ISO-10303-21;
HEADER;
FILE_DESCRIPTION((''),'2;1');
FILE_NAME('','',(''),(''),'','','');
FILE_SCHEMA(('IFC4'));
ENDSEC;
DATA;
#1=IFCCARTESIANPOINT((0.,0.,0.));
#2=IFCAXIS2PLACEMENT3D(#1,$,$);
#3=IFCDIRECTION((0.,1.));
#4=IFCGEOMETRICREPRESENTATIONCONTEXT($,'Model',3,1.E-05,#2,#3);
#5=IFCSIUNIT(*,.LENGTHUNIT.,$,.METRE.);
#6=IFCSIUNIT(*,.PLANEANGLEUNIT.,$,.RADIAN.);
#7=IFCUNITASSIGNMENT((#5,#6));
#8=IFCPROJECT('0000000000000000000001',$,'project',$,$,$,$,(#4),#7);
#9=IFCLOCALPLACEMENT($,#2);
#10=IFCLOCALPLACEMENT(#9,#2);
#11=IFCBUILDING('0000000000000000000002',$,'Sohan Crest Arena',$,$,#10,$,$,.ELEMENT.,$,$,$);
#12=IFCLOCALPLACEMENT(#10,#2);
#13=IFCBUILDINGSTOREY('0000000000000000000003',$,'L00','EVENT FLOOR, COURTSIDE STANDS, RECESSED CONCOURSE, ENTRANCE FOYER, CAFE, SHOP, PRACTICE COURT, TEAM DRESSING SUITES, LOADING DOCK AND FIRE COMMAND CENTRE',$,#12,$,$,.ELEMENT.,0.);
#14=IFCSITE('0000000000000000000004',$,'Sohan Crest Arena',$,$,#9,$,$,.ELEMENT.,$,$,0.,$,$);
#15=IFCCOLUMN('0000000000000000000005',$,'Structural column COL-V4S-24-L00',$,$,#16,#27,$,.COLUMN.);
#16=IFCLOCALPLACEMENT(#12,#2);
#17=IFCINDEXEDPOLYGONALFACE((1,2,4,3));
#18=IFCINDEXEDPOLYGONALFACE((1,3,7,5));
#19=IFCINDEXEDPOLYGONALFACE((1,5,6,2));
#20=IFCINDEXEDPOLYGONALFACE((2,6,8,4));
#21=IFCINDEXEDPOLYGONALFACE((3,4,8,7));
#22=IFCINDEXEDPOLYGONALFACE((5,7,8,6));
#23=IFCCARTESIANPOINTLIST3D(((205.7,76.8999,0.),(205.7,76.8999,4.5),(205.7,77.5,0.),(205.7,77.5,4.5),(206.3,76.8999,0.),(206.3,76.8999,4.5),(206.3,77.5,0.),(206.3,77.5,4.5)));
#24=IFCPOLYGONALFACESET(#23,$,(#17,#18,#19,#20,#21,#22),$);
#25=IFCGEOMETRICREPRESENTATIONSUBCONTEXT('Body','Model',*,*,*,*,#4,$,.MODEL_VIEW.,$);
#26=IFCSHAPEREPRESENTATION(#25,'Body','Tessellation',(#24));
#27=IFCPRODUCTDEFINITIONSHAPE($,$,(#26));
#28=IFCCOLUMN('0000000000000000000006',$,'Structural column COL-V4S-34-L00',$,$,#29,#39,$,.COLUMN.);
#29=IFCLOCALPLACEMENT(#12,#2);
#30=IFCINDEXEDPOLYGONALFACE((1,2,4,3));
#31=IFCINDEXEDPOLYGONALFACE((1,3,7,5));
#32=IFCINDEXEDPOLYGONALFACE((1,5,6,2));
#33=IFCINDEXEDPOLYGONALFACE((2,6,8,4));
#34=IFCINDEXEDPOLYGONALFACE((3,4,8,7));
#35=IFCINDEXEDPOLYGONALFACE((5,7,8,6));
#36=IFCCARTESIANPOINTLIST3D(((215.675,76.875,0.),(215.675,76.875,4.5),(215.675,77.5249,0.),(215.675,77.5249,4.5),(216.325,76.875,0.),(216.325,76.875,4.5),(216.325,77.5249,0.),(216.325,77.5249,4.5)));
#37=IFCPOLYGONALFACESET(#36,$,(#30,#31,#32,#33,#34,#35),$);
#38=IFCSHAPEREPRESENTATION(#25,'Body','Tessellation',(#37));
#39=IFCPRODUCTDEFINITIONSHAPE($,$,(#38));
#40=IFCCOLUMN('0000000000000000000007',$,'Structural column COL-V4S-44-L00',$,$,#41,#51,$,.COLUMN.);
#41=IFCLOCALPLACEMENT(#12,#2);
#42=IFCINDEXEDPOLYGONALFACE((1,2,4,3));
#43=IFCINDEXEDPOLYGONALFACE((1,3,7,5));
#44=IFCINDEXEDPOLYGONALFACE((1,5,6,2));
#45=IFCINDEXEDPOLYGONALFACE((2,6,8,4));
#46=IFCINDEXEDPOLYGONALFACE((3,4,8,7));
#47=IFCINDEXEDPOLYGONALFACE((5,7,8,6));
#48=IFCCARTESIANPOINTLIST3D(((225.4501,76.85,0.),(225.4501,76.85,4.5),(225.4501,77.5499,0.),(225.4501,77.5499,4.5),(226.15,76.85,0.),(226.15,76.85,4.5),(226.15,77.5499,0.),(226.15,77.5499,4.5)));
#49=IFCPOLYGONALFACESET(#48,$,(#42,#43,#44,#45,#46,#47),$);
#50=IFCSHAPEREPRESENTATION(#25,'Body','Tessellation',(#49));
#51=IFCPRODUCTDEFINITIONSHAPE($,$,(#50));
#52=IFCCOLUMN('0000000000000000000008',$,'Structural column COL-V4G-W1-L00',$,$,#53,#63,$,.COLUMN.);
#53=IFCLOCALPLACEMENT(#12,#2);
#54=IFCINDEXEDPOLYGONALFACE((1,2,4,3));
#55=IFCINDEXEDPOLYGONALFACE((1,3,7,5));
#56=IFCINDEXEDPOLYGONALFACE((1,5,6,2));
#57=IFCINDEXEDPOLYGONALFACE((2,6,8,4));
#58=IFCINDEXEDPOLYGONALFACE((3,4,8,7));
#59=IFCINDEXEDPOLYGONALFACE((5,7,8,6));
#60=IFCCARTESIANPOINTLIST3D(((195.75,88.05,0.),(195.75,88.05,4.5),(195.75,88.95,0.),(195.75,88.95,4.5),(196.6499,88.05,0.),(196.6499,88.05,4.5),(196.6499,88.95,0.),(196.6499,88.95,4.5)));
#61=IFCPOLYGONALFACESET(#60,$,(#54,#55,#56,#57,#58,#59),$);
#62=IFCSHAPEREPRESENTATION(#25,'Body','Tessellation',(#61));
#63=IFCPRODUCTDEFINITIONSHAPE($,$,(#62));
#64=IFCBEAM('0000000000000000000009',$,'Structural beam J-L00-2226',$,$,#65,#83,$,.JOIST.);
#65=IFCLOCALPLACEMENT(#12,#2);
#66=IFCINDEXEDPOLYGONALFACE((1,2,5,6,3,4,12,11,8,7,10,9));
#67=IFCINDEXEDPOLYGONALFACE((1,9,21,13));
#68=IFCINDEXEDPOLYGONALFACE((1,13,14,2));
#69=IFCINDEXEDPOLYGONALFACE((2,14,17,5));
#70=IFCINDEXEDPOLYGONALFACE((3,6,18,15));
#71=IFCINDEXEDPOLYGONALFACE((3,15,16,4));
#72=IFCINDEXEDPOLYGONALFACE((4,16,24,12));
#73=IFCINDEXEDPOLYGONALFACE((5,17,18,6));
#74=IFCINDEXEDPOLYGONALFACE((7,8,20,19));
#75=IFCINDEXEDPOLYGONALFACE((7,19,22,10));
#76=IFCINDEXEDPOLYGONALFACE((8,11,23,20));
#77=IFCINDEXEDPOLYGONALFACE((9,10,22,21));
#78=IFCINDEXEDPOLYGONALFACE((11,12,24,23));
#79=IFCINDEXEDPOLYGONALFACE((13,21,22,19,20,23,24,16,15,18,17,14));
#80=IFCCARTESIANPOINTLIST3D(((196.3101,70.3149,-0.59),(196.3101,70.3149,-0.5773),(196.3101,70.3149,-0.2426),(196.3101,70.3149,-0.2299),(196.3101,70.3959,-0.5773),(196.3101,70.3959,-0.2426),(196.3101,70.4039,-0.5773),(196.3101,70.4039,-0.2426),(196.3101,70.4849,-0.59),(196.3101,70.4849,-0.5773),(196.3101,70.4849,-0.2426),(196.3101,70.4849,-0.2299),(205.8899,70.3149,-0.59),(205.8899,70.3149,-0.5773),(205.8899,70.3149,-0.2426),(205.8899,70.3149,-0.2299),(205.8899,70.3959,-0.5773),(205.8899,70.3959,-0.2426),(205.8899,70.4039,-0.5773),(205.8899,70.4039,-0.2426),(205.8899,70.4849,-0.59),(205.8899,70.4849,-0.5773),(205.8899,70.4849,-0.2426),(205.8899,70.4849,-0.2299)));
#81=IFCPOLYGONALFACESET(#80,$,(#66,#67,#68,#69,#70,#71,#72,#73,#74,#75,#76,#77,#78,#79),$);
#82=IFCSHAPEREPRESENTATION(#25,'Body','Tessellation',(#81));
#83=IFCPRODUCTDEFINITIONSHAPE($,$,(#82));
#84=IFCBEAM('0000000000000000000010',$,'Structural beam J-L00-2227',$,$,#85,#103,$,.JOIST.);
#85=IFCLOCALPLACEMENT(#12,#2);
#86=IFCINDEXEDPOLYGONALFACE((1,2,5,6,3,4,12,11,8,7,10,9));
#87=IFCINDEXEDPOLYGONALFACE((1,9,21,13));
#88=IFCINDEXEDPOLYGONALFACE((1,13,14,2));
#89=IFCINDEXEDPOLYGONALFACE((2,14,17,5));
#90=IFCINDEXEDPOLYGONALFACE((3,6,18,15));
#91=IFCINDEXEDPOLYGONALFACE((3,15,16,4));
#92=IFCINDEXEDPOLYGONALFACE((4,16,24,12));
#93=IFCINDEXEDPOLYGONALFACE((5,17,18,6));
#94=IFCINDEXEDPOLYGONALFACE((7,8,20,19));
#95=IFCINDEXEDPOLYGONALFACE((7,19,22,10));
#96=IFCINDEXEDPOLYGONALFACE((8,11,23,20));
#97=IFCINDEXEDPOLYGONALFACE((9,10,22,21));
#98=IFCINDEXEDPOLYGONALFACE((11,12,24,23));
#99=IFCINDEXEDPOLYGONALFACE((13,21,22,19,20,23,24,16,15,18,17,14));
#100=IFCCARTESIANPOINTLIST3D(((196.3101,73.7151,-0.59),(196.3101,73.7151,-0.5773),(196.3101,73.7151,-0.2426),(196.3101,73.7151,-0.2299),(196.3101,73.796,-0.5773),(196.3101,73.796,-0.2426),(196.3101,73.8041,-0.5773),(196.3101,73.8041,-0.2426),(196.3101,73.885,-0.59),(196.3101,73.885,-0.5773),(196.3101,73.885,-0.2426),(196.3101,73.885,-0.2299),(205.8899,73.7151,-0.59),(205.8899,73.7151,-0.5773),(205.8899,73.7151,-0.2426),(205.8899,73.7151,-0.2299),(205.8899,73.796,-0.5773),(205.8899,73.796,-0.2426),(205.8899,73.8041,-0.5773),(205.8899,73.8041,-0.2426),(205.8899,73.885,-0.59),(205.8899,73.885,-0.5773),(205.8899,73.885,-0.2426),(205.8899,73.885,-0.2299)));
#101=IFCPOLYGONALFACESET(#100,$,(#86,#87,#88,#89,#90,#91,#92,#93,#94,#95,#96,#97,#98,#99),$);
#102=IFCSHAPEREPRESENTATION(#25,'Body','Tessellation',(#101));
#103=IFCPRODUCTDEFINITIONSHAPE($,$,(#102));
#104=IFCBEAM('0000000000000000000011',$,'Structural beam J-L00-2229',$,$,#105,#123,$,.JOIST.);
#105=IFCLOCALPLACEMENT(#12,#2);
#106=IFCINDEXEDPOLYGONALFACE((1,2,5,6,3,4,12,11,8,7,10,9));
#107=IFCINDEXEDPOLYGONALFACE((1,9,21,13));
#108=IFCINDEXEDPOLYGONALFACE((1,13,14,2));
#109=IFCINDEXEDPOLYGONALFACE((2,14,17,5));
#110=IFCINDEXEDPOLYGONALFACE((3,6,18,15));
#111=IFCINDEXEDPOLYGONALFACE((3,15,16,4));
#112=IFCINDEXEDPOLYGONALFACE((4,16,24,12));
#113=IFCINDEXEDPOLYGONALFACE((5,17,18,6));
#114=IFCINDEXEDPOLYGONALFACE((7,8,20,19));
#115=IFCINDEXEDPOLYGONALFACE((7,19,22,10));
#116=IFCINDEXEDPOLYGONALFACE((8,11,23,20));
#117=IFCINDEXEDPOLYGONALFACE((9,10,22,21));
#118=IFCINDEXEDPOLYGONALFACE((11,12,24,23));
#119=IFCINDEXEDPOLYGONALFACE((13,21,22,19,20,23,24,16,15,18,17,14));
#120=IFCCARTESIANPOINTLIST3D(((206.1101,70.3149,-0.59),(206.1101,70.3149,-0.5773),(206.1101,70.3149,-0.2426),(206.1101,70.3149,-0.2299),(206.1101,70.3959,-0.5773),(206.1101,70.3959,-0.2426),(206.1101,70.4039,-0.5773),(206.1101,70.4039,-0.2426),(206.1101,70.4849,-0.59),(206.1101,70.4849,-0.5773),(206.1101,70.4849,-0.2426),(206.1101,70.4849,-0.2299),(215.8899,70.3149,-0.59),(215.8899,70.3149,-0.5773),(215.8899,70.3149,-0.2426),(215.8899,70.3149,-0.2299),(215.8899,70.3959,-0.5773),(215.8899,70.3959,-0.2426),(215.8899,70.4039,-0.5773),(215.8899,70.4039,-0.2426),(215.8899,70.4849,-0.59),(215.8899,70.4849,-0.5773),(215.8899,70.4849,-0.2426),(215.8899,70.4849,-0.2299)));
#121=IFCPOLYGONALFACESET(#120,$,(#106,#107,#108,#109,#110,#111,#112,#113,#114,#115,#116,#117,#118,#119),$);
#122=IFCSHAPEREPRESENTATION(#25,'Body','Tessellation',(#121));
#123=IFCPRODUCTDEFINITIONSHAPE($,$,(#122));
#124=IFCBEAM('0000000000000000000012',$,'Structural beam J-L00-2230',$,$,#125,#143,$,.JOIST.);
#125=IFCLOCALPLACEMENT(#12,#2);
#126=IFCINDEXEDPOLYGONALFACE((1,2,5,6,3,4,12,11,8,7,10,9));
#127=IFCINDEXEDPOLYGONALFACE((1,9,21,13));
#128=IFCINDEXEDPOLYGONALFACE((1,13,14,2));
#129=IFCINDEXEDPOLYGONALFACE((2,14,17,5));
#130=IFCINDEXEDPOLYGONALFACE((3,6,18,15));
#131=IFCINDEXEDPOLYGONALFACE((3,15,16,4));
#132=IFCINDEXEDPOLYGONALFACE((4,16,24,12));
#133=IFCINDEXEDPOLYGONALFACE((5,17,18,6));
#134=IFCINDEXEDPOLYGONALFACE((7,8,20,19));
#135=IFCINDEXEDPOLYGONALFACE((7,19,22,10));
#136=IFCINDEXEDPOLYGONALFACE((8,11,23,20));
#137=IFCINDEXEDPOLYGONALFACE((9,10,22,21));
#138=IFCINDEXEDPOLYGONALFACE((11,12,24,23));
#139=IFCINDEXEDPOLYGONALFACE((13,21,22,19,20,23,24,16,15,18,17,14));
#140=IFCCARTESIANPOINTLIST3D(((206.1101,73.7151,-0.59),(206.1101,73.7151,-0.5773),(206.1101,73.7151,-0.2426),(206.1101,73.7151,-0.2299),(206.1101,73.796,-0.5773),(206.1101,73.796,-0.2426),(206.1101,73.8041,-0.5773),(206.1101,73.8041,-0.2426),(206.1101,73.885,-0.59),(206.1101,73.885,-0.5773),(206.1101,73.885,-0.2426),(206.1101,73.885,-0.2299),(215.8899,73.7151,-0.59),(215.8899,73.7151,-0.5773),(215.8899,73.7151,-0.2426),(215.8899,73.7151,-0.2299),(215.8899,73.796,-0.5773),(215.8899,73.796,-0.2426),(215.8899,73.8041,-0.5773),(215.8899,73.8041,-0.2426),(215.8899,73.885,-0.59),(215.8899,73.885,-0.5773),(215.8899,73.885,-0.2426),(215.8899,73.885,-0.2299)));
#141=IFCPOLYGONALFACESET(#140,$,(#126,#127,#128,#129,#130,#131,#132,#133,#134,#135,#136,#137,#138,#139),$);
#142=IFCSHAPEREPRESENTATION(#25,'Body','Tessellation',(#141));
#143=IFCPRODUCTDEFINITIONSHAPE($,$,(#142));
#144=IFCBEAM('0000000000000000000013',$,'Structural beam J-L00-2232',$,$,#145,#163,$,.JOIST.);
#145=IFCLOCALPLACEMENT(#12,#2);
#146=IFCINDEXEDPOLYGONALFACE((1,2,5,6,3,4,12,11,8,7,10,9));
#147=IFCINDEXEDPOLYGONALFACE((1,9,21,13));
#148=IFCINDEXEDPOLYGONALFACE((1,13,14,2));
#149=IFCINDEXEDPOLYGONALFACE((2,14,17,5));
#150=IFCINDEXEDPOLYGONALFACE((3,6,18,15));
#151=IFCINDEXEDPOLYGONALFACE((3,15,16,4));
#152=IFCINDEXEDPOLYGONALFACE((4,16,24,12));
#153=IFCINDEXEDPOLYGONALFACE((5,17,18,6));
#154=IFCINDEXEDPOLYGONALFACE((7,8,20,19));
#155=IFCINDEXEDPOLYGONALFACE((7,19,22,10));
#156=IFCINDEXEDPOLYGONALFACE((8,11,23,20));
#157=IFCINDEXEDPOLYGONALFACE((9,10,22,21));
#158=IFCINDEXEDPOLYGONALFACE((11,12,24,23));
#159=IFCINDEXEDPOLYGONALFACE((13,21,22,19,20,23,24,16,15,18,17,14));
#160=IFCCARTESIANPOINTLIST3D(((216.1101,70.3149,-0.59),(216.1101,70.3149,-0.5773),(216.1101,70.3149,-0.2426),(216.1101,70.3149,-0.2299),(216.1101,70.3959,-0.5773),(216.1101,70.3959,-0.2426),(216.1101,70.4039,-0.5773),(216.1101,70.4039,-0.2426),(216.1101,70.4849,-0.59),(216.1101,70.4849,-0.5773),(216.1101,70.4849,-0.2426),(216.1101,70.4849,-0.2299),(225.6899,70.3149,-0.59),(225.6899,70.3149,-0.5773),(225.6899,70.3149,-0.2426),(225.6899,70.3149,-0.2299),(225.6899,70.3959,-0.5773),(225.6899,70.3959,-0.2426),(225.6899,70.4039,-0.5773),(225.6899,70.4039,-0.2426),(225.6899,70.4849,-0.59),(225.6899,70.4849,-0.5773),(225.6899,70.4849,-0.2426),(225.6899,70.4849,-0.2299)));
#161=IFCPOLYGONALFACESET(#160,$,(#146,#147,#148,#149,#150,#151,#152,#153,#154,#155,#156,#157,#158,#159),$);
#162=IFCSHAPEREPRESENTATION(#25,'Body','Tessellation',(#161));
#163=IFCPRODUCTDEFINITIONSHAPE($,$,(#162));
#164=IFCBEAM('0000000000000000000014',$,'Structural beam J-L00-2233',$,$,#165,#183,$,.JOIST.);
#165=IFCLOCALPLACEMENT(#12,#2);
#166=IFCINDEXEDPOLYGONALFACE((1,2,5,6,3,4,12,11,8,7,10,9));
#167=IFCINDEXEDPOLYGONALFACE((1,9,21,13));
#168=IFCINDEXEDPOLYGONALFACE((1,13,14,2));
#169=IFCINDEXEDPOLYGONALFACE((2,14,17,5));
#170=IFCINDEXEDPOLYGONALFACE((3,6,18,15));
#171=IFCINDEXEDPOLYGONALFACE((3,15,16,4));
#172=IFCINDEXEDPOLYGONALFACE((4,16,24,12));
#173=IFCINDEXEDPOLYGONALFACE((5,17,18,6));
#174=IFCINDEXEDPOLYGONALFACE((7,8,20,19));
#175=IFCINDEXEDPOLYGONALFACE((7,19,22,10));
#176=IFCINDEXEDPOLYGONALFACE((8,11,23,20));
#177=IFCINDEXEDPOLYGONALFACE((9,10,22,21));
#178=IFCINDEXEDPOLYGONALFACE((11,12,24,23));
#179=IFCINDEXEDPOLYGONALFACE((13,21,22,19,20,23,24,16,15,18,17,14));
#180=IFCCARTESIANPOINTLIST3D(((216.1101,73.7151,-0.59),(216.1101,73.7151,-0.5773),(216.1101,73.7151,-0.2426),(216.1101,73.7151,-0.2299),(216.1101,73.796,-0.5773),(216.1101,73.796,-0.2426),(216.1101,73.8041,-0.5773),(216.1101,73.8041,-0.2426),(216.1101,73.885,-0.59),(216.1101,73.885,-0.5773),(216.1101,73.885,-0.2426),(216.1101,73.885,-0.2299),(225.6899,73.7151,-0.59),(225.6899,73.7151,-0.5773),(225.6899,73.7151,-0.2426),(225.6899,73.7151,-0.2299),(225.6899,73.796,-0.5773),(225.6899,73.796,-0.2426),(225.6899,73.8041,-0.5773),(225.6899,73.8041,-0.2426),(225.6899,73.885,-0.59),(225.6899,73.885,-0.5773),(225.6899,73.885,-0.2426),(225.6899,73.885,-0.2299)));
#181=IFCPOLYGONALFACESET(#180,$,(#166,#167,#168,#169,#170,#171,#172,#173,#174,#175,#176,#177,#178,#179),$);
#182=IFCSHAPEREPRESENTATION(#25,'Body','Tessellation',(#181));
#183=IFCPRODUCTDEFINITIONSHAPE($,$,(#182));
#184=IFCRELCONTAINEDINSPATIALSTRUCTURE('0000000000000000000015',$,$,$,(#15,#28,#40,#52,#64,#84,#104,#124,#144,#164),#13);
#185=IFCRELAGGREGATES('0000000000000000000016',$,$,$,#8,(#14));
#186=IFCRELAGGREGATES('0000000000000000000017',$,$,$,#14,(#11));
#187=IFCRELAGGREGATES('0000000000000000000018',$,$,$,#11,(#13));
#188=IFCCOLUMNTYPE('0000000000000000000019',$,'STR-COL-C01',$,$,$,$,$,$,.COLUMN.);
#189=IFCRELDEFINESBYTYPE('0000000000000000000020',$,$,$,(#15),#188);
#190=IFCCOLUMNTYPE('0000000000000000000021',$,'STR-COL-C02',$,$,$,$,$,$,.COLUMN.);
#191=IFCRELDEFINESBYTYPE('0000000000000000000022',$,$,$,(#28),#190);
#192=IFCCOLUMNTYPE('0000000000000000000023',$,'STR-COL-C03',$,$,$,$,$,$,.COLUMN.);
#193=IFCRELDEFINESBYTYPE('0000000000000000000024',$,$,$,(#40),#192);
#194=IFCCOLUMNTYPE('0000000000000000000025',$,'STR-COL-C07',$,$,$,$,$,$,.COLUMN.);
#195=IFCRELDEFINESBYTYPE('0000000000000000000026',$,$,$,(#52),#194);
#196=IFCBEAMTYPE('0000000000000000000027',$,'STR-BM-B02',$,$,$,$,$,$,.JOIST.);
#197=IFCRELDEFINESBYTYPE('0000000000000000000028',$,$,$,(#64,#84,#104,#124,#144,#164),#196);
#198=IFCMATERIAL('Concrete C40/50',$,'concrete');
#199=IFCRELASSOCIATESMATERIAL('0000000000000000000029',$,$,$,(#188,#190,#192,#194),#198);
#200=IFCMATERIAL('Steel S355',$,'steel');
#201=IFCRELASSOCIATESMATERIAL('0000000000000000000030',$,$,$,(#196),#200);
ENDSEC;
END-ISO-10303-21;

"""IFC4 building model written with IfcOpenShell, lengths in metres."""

from ifc_helpers import new_model, si_unit, direction, frame, origin, origin_2d, place, context, subcontext, project, spatial, rectangle, i_section, extrude, material, material_profile, profile_set, type_object, element, save


model = new_model("IFC4")

# Units and contexts
model_context = context("Model", 3, precision=1e-05, world=origin(), true_north=direction((0.0, 1.0)))
body_context = subcontext(model_context, "Body", "Model", "MODEL_VIEW")
ifc_project = project(units=[si_unit("LENGTHUNIT", "METRE"), si_unit("PLANEANGLEUNIT", "RADIAN")], contexts=[model_context])

# Site, building, storey
site_placement = place(None, origin())
site = spatial("IfcSite", under=ifc_project, at=site_placement, Name="Sohan Crest Arena", CompositionType="ELEMENT", RefElevation=0.0)
building_placement = place(site_placement, origin())
building = spatial("IfcBuilding", under=site, at=building_placement, Name="Sohan Crest Arena", CompositionType="ELEMENT")
storey_placement = place(building_placement, origin())
storey = spatial("IfcBuildingStorey", under=building, at=storey_placement, Name="L00", Description="EVENT FLOOR, COURTSIDE STANDS, RECESSED CONCOURSE, ENTRANCE FOYER, CAFE, SHOP, PRACTICE COURT, TEAM DRESSING SUITES, LOADING DOCK AND FIRE COMMAND CENTRE", CompositionType="ELEMENT", Elevation=0.0)

# Columns
ifc_material_1 = material(Name="Concrete C40/50", Category="concrete")
ifc_material_profile_1 = material_profile(ifc_material_1, rectangle(XDim=0.6001, YDim=0.6001, at=origin_2d()), Name="RC 600x600")
ifc_profile_set_1 = profile_set([ifc_material_profile_1], Name="Concrete C40/50")
column_type_1 = type_object("IfcColumnType", Name="STR-COL-C01", PredefinedType="COLUMN", material=ifc_profile_set_1)
column_1_placement = place(storey_placement, frame((206.0, 77.2, 0.0), z_axis=(0.0, 0.0, 1.0), x_axis=(1.0, 0.0, 0.0)))
element("IfcColumn", 1, at=column_1_placement, inside=storey, type_object=column_type_1, Name="Structural column COL-V4S-24-L00", PredefinedType="COLUMN", context=body_context, shape_type="SweptSolid", body=[
    extrude(rectangle(XDim=0.6001, YDim=0.6001, at=origin_2d()), origin(), (0.0, 0.0, 1.0), 4.5),
])
ifc_material_profile_2 = material_profile(ifc_material_1, rectangle(XDim=0.6499, YDim=0.6499, at=origin_2d()), Name="RC 650x650")
ifc_profile_set_2 = profile_set([ifc_material_profile_2], Name="Concrete C40/50")
column_type_2 = type_object("IfcColumnType", Name="STR-COL-C02", PredefinedType="COLUMN", material=ifc_profile_set_2)
column_2_placement = place(storey_placement, frame((216.0, 77.2, 0.0), z_axis=(0.0, 0.0, 1.0), x_axis=(1.0, 0.0, 0.0)))
element("IfcColumn", 2, at=column_2_placement, inside=storey, type_object=column_type_2, Name="Structural column COL-V4S-34-L00", PredefinedType="COLUMN", context=body_context, shape_type="SweptSolid", body=[
    extrude(rectangle(XDim=0.6499, YDim=0.6499, at=origin_2d()), origin(), (0.0, 0.0, 1.0), 4.5),
])
ifc_material_profile_3 = material_profile(ifc_material_1, rectangle(XDim=0.7, YDim=0.7, at=origin_2d()), Name="RC 700x700")
ifc_profile_set_3 = profile_set([ifc_material_profile_3], Name="Concrete C40/50")
column_type_3 = type_object("IfcColumnType", Name="STR-COL-C03", PredefinedType="COLUMN", material=ifc_profile_set_3)
column_3_placement = place(storey_placement, frame((225.8, 77.2, 0.0), z_axis=(0.0, 0.0, 1.0), x_axis=(1.0, 0.0, 0.0)))
element("IfcColumn", 3, at=column_3_placement, inside=storey, type_object=column_type_3, Name="Structural column COL-V4S-44-L00", PredefinedType="COLUMN", context=body_context, shape_type="SweptSolid", body=[
    extrude(rectangle(XDim=0.7, YDim=0.7, at=origin_2d()), origin(), (0.0, 0.0, 1.0), 4.5),
])
ifc_material_profile_4 = material_profile(ifc_material_1, rectangle(XDim=0.8999, YDim=0.8999, at=origin_2d()), Name="RC 900x900")
ifc_profile_set_4 = profile_set([ifc_material_profile_4], Name="Concrete C40/50")
column_type_4 = type_object("IfcColumnType", Name="STR-COL-C07", PredefinedType="COLUMN", material=ifc_profile_set_4)
column_4_placement = place(storey_placement, frame((196.2, 88.5, 0.0), z_axis=(0.0, 0.0, 1.0), x_axis=(1.0, 0.0, 0.0)))
element("IfcColumn", 4, at=column_4_placement, inside=storey, type_object=column_type_4, Name="Structural column COL-V4G-W1-L00", PredefinedType="COLUMN", context=body_context, shape_type="SweptSolid", body=[
    extrude(rectangle(XDim=0.8999, YDim=0.8999, at=origin_2d()), origin(), (0.0, 0.0, 1.0), 4.5),
])

# Beams
ifc_material_2 = material(Name="Steel S355", Category="steel")
ifc_material_profile_5 = material_profile(ifc_material_2, i_section(OverallWidth=0.1699, OverallDepth=0.3601, WebThickness=0.0081, FlangeThickness=0.0127, at=origin_2d()), Name="IPE 360")
ifc_profile_set_5 = profile_set([ifc_material_profile_5], Name="Steel S355")
beam_type_1 = type_object("IfcBeamType", Name="STR-BM-B02", PredefinedType="JOIST", material=ifc_profile_set_5)
for number, where, z_axis, x_axis, name in (
    (5, (196.3101, 70.3999, -0.4099), (1.0, 0.0, 0.0), (0.0, 1.0, 0.0), "Structural beam J-L00-2226"),
    (6, (196.3101, 73.8, -0.4099), (1.0, 0.0, 0.0), (0.0, 1.0, 0.0), "Structural beam J-L00-2227"),
):
    element("IfcBeam", number, at=place(storey_placement, frame(where, z_axis=z_axis, x_axis=x_axis)), inside=storey, type_object=beam_type_1, Name=name, PredefinedType="JOIST", context=body_context, shape_type="SweptSolid", body=[
        extrude(i_section(OverallWidth=0.1699, OverallDepth=0.3601, WebThickness=0.0081, FlangeThickness=0.0127, at=origin_2d()), origin(), (0.0, 0.0, 1.0), 9.5798),
    ])
for number, where, z_axis, x_axis, name in (
    (7, (206.1101, 70.3999, -0.4099), (1.0, 0.0, 0.0), (0.0, 1.0, 0.0), "Structural beam J-L00-2229"),
    (8, (206.1101, 73.8, -0.4099), (1.0, 0.0, 0.0), (0.0, 1.0, 0.0), "Structural beam J-L00-2230"),
):
    element("IfcBeam", number, at=place(storey_placement, frame(where, z_axis=z_axis, x_axis=x_axis)), inside=storey, type_object=beam_type_1, Name=name, PredefinedType="JOIST", context=body_context, shape_type="SweptSolid", body=[
        extrude(i_section(OverallWidth=0.1699, OverallDepth=0.3601, WebThickness=0.0081, FlangeThickness=0.0127, at=origin_2d()), origin(), (0.0, 0.0, 1.0), 9.7798),
    ])
for number, where, z_axis, x_axis, name in (
    (9, (216.1101, 70.3999, -0.4099), (1.0, 0.0, 0.0), (0.0, 1.0, 0.0), "Structural beam J-L00-2232"),
    (10, (216.1101, 73.8, -0.4099), (1.0, 0.0, 0.0), (0.0, 1.0, 0.0), "Structural beam J-L00-2233"),
):
    element("IfcBeam", number, at=place(storey_placement, frame(where, z_axis=z_axis, x_axis=x_axis)), inside=storey, type_object=beam_type_1, Name=name, PredefinedType="JOIST", context=body_context, shape_type="SweptSolid", body=[
        extrude(i_section(OverallWidth=0.1699, OverallDepth=0.3601, WebThickness=0.0081, FlangeThickness=0.0127, at=origin_2d()), origin(), (0.0, 0.0, 1.0), 9.5798),
    ])

save(model, "model.ifc")
